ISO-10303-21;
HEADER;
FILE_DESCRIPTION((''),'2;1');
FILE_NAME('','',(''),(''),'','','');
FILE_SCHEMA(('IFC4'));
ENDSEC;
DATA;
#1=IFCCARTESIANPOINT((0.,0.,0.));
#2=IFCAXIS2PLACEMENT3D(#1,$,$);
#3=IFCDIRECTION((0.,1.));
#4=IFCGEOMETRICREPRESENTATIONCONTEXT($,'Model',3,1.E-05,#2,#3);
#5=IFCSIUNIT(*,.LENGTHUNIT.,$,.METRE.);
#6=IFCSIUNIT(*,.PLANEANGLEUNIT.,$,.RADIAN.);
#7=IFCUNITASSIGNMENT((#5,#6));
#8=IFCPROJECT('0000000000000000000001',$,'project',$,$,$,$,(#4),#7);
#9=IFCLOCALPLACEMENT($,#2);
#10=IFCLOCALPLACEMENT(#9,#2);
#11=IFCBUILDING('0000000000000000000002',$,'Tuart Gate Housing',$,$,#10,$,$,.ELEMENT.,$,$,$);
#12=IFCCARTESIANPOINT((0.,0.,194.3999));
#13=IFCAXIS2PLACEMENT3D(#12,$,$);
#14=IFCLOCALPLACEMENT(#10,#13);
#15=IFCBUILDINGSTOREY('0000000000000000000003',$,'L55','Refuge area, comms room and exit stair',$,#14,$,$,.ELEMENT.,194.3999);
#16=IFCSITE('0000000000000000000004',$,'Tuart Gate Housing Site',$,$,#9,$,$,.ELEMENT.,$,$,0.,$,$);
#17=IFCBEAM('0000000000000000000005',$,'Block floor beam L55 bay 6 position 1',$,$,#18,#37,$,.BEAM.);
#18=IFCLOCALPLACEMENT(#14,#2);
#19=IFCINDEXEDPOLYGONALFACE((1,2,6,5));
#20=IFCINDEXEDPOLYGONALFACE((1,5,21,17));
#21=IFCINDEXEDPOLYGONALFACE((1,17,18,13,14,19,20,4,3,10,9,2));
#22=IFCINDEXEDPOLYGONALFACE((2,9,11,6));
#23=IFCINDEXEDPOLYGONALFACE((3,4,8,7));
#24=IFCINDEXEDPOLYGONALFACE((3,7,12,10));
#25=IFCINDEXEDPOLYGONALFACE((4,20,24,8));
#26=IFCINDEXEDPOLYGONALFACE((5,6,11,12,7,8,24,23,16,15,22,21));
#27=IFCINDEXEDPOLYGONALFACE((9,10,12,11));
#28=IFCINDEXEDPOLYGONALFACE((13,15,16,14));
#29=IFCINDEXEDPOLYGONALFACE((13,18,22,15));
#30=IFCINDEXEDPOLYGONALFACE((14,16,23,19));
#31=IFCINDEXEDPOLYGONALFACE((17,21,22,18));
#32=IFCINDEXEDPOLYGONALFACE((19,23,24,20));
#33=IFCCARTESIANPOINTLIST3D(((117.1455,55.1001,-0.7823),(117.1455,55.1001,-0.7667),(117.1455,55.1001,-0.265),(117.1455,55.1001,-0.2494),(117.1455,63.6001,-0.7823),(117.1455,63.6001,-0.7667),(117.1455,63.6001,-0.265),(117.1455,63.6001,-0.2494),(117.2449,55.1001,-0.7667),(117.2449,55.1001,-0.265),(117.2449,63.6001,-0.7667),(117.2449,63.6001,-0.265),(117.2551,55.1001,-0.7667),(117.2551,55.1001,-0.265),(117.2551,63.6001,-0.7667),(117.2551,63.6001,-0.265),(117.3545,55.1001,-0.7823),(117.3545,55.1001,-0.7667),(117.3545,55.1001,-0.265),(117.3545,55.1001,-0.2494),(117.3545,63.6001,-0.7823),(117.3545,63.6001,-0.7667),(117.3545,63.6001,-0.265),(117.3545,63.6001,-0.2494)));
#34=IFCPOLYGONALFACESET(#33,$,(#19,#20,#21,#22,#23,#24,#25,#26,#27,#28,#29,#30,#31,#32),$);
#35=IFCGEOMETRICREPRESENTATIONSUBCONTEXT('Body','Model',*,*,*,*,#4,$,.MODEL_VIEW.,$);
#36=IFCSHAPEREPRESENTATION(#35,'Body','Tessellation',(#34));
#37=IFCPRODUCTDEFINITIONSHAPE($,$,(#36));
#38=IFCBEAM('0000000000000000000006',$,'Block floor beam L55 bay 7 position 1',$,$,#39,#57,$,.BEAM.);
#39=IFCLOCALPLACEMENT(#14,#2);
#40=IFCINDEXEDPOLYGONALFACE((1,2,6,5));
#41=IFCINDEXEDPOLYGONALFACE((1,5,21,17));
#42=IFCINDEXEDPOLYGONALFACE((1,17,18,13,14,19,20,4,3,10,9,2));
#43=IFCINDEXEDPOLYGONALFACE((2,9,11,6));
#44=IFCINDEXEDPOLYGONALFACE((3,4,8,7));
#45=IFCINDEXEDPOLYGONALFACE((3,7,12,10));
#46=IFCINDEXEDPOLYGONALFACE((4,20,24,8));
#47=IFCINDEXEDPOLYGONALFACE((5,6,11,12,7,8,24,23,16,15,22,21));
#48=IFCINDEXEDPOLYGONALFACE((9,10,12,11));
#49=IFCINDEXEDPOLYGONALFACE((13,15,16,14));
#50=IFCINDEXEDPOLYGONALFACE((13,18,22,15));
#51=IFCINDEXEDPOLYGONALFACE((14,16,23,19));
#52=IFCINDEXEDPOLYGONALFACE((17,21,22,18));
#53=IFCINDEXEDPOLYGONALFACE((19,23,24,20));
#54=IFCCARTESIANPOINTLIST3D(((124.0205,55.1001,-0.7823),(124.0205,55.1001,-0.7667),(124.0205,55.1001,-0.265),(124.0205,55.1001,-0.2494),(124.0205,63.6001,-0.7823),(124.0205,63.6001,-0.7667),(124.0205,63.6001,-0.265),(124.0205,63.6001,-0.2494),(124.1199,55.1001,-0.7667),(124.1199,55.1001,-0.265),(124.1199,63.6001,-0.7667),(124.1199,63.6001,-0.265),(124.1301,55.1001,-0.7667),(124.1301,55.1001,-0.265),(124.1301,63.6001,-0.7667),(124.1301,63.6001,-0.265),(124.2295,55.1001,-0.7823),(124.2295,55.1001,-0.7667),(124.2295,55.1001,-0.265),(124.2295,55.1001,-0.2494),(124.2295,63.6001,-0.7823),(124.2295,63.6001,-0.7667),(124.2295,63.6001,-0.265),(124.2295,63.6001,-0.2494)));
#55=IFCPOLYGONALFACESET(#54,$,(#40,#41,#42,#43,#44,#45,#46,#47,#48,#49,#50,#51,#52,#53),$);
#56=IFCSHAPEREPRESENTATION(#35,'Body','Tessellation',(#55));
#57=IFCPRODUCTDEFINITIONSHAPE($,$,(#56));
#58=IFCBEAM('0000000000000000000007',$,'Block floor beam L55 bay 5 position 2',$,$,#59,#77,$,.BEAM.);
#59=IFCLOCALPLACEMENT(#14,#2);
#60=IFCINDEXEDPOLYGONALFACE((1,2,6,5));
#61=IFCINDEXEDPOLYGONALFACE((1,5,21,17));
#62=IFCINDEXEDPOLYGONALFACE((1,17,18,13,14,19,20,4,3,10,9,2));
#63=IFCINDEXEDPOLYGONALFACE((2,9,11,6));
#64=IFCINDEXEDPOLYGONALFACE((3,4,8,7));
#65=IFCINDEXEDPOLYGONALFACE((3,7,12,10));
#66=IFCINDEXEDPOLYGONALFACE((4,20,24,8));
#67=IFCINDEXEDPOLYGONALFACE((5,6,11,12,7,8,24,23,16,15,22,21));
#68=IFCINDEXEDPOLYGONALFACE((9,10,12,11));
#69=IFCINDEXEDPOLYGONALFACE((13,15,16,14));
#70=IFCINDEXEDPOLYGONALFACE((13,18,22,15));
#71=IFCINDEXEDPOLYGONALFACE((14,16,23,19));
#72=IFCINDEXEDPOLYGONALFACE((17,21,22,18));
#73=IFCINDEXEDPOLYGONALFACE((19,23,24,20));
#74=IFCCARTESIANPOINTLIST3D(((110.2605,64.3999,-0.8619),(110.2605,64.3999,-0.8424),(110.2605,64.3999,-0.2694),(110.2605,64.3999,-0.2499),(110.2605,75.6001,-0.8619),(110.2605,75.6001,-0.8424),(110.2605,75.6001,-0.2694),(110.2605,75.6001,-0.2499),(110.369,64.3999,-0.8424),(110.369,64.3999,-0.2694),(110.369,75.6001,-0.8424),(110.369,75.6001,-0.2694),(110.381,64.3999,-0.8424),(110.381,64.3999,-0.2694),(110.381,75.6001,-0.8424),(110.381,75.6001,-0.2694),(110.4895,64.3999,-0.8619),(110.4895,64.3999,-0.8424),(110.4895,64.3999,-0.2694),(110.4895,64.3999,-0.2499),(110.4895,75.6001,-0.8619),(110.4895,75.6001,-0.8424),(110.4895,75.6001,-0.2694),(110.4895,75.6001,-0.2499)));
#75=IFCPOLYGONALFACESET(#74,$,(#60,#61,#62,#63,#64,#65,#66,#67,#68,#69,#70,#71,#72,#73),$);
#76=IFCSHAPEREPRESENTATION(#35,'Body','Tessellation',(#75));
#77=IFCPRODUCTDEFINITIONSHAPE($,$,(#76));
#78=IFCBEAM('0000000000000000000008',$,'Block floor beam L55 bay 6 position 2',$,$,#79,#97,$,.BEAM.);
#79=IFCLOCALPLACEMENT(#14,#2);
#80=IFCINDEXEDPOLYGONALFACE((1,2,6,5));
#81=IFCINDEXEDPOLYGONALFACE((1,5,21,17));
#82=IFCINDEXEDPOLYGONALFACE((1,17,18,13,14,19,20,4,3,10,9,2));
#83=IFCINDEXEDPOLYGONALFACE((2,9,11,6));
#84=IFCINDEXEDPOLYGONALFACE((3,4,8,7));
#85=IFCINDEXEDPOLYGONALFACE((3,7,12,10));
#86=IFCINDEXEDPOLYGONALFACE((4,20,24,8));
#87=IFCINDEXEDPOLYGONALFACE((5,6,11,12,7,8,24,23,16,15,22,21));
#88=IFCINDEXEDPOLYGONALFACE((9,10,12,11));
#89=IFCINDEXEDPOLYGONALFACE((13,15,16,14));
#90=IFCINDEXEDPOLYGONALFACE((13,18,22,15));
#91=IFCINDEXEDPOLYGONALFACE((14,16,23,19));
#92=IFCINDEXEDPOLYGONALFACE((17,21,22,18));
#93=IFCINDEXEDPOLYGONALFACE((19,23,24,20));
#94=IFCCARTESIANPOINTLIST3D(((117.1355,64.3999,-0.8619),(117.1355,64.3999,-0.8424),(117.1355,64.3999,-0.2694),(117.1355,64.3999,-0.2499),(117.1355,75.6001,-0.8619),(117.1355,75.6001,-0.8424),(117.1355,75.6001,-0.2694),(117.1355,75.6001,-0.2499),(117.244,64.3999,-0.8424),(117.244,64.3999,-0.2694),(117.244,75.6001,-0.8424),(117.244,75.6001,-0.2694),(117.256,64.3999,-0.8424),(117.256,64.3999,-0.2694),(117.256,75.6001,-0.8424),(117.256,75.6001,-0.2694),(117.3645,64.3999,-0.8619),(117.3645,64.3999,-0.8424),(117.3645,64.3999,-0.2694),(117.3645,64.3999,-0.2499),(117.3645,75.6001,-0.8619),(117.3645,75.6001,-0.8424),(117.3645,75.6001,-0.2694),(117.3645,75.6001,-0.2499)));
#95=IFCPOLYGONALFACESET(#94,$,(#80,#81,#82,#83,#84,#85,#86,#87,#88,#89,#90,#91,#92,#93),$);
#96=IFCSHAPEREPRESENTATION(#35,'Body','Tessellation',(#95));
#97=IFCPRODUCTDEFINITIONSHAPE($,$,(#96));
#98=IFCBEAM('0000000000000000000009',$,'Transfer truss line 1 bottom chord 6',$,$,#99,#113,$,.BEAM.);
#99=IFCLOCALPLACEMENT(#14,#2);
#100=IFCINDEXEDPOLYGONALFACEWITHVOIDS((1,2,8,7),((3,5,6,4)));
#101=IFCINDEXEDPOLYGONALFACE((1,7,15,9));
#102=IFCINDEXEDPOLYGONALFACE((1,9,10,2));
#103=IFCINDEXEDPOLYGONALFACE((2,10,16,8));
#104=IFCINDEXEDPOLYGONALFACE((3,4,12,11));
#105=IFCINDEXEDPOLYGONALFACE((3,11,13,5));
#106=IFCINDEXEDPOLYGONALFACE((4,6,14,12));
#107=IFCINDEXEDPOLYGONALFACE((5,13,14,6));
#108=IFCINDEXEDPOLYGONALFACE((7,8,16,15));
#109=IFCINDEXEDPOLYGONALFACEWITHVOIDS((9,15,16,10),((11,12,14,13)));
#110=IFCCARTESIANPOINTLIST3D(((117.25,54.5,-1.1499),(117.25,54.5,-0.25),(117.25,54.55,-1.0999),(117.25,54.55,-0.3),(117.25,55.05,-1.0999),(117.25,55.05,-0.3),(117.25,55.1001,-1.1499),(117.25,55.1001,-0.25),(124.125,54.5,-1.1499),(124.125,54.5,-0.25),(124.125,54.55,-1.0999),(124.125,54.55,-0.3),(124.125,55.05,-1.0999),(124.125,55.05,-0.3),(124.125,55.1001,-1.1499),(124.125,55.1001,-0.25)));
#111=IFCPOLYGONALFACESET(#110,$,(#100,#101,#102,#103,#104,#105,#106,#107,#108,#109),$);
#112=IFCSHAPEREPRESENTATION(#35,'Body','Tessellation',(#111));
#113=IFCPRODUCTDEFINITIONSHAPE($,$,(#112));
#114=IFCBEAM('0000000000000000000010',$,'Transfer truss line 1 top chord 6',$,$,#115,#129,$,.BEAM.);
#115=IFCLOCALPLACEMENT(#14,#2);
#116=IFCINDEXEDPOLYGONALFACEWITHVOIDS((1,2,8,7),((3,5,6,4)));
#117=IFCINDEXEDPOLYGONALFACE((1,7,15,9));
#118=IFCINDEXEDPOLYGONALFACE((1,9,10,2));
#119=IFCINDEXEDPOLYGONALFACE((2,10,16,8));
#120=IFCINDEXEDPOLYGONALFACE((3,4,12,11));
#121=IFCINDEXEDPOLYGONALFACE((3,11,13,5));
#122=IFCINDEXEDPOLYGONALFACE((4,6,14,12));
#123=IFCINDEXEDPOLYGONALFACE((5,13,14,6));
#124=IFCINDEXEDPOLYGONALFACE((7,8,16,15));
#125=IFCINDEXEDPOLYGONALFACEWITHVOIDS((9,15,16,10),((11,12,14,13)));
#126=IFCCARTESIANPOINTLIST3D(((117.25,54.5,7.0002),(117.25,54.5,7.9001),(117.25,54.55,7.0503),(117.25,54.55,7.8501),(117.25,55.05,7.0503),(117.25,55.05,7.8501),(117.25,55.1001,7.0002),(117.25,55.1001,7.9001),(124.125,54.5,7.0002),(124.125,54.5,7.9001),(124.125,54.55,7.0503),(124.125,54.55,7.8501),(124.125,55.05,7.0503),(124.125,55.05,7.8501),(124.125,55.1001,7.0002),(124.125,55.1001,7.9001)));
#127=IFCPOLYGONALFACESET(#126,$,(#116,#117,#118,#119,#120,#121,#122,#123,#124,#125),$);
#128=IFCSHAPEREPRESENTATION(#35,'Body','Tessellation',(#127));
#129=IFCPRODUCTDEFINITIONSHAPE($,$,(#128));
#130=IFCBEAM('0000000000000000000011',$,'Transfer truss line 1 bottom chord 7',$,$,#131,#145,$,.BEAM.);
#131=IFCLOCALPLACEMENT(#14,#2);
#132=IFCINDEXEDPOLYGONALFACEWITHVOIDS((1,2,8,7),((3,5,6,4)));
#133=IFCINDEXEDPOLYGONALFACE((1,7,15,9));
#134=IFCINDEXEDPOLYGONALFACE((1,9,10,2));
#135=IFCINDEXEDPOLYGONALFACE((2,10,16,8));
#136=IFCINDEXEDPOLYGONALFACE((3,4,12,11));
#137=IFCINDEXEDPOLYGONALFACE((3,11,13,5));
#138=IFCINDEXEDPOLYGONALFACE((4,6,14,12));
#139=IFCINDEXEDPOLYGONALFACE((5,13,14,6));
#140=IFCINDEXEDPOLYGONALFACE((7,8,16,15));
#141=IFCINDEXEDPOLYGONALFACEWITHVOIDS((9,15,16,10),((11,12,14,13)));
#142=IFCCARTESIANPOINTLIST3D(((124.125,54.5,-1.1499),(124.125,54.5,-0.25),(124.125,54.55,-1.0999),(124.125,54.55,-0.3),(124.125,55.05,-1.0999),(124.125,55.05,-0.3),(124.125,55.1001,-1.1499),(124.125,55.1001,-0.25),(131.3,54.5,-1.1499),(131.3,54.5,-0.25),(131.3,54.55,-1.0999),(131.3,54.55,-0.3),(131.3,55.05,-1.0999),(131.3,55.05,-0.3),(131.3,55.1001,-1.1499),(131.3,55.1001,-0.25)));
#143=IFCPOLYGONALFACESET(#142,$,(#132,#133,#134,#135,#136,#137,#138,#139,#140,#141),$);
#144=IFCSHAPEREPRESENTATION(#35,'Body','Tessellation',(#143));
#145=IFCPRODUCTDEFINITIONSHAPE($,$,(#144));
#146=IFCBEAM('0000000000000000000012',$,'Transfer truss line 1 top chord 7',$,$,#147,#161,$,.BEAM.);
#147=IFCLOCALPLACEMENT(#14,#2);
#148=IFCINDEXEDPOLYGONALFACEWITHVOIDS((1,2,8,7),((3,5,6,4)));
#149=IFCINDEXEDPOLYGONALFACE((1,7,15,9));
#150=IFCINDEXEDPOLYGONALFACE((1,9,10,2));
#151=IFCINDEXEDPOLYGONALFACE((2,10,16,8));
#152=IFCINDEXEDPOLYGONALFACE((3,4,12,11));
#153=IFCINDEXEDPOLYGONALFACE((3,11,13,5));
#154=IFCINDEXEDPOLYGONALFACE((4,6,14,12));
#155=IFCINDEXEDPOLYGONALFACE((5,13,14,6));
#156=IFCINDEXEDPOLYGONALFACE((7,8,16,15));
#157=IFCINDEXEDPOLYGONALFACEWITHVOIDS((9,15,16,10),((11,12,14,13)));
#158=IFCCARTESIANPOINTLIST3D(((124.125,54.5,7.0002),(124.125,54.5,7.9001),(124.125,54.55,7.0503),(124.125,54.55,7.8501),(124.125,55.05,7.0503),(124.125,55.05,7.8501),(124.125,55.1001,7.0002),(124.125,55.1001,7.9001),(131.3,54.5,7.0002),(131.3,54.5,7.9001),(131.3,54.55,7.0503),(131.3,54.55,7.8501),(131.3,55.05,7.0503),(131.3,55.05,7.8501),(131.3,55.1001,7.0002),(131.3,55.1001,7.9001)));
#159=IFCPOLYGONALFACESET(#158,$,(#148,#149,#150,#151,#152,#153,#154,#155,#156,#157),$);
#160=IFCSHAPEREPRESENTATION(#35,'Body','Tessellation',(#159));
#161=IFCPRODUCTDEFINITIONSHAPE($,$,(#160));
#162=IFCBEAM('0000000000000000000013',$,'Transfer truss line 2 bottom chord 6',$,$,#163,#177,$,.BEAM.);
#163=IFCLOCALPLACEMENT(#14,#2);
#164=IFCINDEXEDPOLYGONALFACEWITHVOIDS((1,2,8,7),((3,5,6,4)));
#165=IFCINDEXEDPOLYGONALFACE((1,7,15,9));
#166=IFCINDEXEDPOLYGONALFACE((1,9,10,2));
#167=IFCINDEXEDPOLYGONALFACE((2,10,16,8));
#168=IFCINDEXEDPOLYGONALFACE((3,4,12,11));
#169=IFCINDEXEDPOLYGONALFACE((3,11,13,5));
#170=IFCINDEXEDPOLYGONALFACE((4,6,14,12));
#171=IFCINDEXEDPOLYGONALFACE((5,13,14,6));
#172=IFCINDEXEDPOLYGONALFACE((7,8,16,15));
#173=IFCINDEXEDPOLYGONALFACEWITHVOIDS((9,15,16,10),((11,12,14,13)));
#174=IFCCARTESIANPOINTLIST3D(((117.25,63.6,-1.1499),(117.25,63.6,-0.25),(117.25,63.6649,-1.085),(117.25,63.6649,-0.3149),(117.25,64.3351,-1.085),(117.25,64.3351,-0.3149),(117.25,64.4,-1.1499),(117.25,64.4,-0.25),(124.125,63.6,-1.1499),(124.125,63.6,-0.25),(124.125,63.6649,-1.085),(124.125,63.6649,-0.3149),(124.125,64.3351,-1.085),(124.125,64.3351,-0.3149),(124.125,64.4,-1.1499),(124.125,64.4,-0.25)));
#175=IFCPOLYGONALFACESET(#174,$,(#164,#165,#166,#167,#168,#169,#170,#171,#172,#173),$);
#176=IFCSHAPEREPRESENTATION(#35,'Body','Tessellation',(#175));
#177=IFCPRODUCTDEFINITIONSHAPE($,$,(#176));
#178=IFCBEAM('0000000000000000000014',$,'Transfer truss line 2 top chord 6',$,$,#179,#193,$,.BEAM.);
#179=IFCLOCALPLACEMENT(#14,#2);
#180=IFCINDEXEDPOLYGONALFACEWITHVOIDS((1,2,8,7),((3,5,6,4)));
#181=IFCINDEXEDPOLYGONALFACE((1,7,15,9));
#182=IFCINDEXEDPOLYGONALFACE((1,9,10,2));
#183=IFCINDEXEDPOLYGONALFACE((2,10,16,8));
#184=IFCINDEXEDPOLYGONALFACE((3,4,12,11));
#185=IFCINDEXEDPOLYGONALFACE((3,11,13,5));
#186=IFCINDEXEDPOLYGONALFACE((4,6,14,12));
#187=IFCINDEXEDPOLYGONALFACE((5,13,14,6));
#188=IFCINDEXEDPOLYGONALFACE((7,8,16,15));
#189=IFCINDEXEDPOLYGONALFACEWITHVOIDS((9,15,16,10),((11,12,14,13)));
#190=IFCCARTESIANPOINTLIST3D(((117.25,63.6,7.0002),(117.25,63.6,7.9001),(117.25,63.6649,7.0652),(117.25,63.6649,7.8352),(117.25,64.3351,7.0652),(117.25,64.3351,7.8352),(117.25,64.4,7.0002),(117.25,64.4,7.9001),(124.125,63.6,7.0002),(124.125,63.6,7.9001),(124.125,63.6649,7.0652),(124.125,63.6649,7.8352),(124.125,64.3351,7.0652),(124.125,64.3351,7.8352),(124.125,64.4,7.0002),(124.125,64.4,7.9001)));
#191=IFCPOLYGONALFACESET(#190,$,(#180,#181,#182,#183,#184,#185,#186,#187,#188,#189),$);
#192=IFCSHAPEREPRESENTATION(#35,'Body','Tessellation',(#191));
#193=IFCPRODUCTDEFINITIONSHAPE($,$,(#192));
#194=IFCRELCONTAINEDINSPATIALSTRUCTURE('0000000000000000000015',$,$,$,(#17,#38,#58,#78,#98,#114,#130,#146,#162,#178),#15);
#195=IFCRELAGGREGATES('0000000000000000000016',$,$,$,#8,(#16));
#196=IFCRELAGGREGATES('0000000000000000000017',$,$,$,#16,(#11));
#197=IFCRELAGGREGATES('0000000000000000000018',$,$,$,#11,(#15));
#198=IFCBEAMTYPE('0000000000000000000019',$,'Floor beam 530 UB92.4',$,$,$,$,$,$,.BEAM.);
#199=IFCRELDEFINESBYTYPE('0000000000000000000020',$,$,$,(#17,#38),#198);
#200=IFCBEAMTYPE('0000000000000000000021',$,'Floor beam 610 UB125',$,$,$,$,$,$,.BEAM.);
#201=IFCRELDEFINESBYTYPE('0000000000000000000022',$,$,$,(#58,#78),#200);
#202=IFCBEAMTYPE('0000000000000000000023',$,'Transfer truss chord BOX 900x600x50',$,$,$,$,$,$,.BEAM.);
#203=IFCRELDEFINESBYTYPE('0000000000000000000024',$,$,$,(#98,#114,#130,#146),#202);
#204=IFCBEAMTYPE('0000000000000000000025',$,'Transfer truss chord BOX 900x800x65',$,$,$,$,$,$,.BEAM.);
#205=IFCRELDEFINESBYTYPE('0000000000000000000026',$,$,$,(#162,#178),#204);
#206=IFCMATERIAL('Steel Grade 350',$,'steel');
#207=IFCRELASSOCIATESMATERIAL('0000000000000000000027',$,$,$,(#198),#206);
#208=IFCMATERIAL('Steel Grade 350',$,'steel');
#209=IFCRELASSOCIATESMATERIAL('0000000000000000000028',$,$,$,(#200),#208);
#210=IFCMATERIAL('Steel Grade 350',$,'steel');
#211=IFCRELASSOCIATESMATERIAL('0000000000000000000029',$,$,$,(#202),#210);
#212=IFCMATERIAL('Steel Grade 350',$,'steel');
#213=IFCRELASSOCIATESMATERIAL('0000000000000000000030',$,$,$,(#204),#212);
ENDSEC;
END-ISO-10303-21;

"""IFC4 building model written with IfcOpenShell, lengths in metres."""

from ifc_helpers import new_model, si_unit, direction, frame, origin, origin_2d, place, context, subcontext, project, spatial, hollow_rectangle, i_section, extrude, material, material_profile, profile_set, type_object, element, save


model = new_model("IFC4")

# Units and contexts
model_context = context("Model", 3, precision=1e-05, world=origin(), true_north=direction((0.0, 1.0)))
body_context = subcontext(model_context, "Body", "Model", "MODEL_VIEW")
ifc_project = project(units=[si_unit("LENGTHUNIT", "METRE"), si_unit("PLANEANGLEUNIT", "RADIAN")], contexts=[model_context])

# Site, building, storey
site_placement = place(None, origin())
site = spatial("IfcSite", under=ifc_project, at=site_placement, Name="Tuart Gate Housing Site", CompositionType="ELEMENT", RefElevation=0.0)
building_placement = place(site_placement, origin())
building = spatial("IfcBuilding", under=site, at=building_placement, Name="Tuart Gate Housing", CompositionType="ELEMENT")
storey_placement = place(building_placement, frame((0.0, 0.0, 194.3999)))
storey = spatial("IfcBuildingStorey", under=building, at=storey_placement, Name="L55", Description="Refuge area, comms room and exit stair", CompositionType="ELEMENT", Elevation=194.3999)

# Beams
ifc_material_1 = material(Name="Steel Grade 350", Category="steel")
ifc_material_profile_1 = material_profile(ifc_material_1, i_section(OverallWidth=0.209, OverallDepth=0.533, WebThickness=0.0103, FlangeThickness=0.0156, at=origin_2d()), Name="530UB92.4")
ifc_profile_set_1 = profile_set([ifc_material_profile_1], Name="Steel Grade 350")
beam_type_1 = type_object("IfcBeamType", Name="Floor beam 530 UB92.4", PredefinedType="BEAM", material=ifc_profile_set_1)
for number, where, z_axis, x_axis, name in (
    (1, (117.25, 55.1001, -0.5159), (0.0, 1.0, 0.0), (-1.0, 0.0, 0.0), "Block floor beam L55 bay 6 position 1"),
    (2, (124.125, 55.1001, -0.5159), (0.0, 1.0, 0.0), (-1.0, 0.0, 0.0), "Block floor beam L55 bay 7 position 1"),
):
    element("IfcBeam", number, at=place(storey_placement, frame(where, z_axis=z_axis, x_axis=x_axis)), inside=storey, type_object=beam_type_1, Name=name, PredefinedType="BEAM", context=body_context, shape_type="SweptSolid", body=[
        extrude(i_section(OverallWidth=0.209, OverallDepth=0.533, WebThickness=0.0103, FlangeThickness=0.0156, at=origin_2d()), origin(), (0.0, 0.0, 1.0), 8.5),
    ])
ifc_material_2 = material(Name="Steel Grade 350", Category="steel")
ifc_material_profile_2 = material_profile(ifc_material_2, i_section(OverallWidth=0.229, OverallDepth=0.6121, WebThickness=0.012, FlangeThickness=0.0195, at=origin_2d()), Name="610UB125")
ifc_profile_set_2 = profile_set([ifc_material_profile_2], Name="Steel Grade 350")
beam_type_2 = type_object("IfcBeamType", Name="Floor beam 610 UB125", PredefinedType="BEAM", material=ifc_profile_set_2)
for number, where, z_axis, x_axis, name in (
    (3, (110.375, 64.3999, -0.5559), (0.0, 1.0, 0.0), (-1.0, 0.0, 0.0), "Block floor beam L55 bay 5 position 2"),
    (4, (117.25, 64.3999, -0.5559), (0.0, 1.0, 0.0), (-1.0, 0.0, 0.0), "Block floor beam L55 bay 6 position 2"),
):
    element("IfcBeam", number, at=place(storey_placement, frame(where, z_axis=z_axis, x_axis=x_axis)), inside=storey, type_object=beam_type_2, Name=name, PredefinedType="BEAM", context=body_context, shape_type="SweptSolid", body=[
        extrude(i_section(OverallWidth=0.229, OverallDepth=0.6121, WebThickness=0.012, FlangeThickness=0.0195, at=origin_2d()), origin(), (0.0, 0.0, 1.0), 11.2002),
    ])
ifc_material_3 = material(Name="Steel Grade 350", Category="steel")
ifc_material_profile_3 = material_profile(ifc_material_3, hollow_rectangle(XDim=0.6001, YDim=0.8999, WallThickness=0.05, at=origin_2d()), Name="BOX 900x600x50")
ifc_profile_set_3 = profile_set([ifc_material_profile_3], Name="Steel Grade 350")
beam_type_3 = type_object("IfcBeamType", Name="Transfer truss chord BOX 900x600x50", PredefinedType="BEAM", material=ifc_profile_set_3)
for number, where, z_axis, x_axis, name in (
    (5, (117.25, 54.8, -0.7), (1.0, 0.0, 0.0), (0.0, 1.0, 0.0), "Transfer truss line 1 bottom chord 6"),
    (6, (117.25, 54.8, 7.4502), (1.0, 0.0, 0.0), (0.0, 1.0, 0.0), "Transfer truss line 1 top chord 6"),
):
    element("IfcBeam", number, at=place(storey_placement, frame(where, z_axis=z_axis, x_axis=x_axis)), inside=storey, type_object=beam_type_3, Name=name, PredefinedType="BEAM", context=body_context, shape_type="SweptSolid", body=[
        extrude(hollow_rectangle(XDim=0.6001, YDim=0.8999, WallThickness=0.05, at=origin_2d()), origin(), (0.0, 0.0, 1.0), 6.875),
    ])
for number, where, z_axis, x_axis, name in (
    (7, (124.125, 54.8, -0.7), (1.0, 0.0, 0.0), (0.0, 1.0, 0.0), "Transfer truss line 1 bottom chord 7"),
    (8, (124.125, 54.8, 7.4502), (1.0, 0.0, 0.0), (0.0, 1.0, 0.0), "Transfer truss line 1 top chord 7"),
):
    element("IfcBeam", number, at=place(storey_placement, frame(where, z_axis=z_axis, x_axis=x_axis)), inside=storey, type_object=beam_type_3, Name=name, PredefinedType="BEAM", context=body_context, shape_type="SweptSolid", body=[
        extrude(hollow_rectangle(XDim=0.6001, YDim=0.8999, WallThickness=0.05, at=origin_2d()), origin(), (0.0, 0.0, 1.0), 7.175),
    ])
ifc_material_4 = material(Name="Steel Grade 350", Category="steel")
ifc_material_profile_4 = material_profile(ifc_material_4, hollow_rectangle(XDim=0.8, YDim=0.8999, WallThickness=0.0649, at=origin_2d()), Name="BOX 900x800x65")
ifc_profile_set_4 = profile_set([ifc_material_profile_4], Name="Steel Grade 350")
beam_type_4 = type_object("IfcBeamType", Name="Transfer truss chord BOX 900x800x65", PredefinedType="BEAM", material=ifc_profile_set_4)
for number, where, z_axis, x_axis, name in (
    (9, (117.25, 64.0, -0.7), (1.0, 0.0, 0.0), (0.0, 1.0, 0.0), "Transfer truss line 2 bottom chord 6"),
    (10, (117.25, 64.0, 7.4502), (1.0, 0.0, 0.0), (0.0, 1.0, 0.0), "Transfer truss line 2 top chord 6"),
):
    element("IfcBeam", number, at=place(storey_placement, frame(where, z_axis=z_axis, x_axis=x_axis)), inside=storey, type_object=beam_type_4, Name=name, PredefinedType="BEAM", context=body_context, shape_type="SweptSolid", body=[
        extrude(hollow_rectangle(XDim=0.8, YDim=0.8999, WallThickness=0.0649, at=origin_2d()), origin(), (0.0, 0.0, 1.0), 6.875),
    ])

save(model, "model.ifc")
